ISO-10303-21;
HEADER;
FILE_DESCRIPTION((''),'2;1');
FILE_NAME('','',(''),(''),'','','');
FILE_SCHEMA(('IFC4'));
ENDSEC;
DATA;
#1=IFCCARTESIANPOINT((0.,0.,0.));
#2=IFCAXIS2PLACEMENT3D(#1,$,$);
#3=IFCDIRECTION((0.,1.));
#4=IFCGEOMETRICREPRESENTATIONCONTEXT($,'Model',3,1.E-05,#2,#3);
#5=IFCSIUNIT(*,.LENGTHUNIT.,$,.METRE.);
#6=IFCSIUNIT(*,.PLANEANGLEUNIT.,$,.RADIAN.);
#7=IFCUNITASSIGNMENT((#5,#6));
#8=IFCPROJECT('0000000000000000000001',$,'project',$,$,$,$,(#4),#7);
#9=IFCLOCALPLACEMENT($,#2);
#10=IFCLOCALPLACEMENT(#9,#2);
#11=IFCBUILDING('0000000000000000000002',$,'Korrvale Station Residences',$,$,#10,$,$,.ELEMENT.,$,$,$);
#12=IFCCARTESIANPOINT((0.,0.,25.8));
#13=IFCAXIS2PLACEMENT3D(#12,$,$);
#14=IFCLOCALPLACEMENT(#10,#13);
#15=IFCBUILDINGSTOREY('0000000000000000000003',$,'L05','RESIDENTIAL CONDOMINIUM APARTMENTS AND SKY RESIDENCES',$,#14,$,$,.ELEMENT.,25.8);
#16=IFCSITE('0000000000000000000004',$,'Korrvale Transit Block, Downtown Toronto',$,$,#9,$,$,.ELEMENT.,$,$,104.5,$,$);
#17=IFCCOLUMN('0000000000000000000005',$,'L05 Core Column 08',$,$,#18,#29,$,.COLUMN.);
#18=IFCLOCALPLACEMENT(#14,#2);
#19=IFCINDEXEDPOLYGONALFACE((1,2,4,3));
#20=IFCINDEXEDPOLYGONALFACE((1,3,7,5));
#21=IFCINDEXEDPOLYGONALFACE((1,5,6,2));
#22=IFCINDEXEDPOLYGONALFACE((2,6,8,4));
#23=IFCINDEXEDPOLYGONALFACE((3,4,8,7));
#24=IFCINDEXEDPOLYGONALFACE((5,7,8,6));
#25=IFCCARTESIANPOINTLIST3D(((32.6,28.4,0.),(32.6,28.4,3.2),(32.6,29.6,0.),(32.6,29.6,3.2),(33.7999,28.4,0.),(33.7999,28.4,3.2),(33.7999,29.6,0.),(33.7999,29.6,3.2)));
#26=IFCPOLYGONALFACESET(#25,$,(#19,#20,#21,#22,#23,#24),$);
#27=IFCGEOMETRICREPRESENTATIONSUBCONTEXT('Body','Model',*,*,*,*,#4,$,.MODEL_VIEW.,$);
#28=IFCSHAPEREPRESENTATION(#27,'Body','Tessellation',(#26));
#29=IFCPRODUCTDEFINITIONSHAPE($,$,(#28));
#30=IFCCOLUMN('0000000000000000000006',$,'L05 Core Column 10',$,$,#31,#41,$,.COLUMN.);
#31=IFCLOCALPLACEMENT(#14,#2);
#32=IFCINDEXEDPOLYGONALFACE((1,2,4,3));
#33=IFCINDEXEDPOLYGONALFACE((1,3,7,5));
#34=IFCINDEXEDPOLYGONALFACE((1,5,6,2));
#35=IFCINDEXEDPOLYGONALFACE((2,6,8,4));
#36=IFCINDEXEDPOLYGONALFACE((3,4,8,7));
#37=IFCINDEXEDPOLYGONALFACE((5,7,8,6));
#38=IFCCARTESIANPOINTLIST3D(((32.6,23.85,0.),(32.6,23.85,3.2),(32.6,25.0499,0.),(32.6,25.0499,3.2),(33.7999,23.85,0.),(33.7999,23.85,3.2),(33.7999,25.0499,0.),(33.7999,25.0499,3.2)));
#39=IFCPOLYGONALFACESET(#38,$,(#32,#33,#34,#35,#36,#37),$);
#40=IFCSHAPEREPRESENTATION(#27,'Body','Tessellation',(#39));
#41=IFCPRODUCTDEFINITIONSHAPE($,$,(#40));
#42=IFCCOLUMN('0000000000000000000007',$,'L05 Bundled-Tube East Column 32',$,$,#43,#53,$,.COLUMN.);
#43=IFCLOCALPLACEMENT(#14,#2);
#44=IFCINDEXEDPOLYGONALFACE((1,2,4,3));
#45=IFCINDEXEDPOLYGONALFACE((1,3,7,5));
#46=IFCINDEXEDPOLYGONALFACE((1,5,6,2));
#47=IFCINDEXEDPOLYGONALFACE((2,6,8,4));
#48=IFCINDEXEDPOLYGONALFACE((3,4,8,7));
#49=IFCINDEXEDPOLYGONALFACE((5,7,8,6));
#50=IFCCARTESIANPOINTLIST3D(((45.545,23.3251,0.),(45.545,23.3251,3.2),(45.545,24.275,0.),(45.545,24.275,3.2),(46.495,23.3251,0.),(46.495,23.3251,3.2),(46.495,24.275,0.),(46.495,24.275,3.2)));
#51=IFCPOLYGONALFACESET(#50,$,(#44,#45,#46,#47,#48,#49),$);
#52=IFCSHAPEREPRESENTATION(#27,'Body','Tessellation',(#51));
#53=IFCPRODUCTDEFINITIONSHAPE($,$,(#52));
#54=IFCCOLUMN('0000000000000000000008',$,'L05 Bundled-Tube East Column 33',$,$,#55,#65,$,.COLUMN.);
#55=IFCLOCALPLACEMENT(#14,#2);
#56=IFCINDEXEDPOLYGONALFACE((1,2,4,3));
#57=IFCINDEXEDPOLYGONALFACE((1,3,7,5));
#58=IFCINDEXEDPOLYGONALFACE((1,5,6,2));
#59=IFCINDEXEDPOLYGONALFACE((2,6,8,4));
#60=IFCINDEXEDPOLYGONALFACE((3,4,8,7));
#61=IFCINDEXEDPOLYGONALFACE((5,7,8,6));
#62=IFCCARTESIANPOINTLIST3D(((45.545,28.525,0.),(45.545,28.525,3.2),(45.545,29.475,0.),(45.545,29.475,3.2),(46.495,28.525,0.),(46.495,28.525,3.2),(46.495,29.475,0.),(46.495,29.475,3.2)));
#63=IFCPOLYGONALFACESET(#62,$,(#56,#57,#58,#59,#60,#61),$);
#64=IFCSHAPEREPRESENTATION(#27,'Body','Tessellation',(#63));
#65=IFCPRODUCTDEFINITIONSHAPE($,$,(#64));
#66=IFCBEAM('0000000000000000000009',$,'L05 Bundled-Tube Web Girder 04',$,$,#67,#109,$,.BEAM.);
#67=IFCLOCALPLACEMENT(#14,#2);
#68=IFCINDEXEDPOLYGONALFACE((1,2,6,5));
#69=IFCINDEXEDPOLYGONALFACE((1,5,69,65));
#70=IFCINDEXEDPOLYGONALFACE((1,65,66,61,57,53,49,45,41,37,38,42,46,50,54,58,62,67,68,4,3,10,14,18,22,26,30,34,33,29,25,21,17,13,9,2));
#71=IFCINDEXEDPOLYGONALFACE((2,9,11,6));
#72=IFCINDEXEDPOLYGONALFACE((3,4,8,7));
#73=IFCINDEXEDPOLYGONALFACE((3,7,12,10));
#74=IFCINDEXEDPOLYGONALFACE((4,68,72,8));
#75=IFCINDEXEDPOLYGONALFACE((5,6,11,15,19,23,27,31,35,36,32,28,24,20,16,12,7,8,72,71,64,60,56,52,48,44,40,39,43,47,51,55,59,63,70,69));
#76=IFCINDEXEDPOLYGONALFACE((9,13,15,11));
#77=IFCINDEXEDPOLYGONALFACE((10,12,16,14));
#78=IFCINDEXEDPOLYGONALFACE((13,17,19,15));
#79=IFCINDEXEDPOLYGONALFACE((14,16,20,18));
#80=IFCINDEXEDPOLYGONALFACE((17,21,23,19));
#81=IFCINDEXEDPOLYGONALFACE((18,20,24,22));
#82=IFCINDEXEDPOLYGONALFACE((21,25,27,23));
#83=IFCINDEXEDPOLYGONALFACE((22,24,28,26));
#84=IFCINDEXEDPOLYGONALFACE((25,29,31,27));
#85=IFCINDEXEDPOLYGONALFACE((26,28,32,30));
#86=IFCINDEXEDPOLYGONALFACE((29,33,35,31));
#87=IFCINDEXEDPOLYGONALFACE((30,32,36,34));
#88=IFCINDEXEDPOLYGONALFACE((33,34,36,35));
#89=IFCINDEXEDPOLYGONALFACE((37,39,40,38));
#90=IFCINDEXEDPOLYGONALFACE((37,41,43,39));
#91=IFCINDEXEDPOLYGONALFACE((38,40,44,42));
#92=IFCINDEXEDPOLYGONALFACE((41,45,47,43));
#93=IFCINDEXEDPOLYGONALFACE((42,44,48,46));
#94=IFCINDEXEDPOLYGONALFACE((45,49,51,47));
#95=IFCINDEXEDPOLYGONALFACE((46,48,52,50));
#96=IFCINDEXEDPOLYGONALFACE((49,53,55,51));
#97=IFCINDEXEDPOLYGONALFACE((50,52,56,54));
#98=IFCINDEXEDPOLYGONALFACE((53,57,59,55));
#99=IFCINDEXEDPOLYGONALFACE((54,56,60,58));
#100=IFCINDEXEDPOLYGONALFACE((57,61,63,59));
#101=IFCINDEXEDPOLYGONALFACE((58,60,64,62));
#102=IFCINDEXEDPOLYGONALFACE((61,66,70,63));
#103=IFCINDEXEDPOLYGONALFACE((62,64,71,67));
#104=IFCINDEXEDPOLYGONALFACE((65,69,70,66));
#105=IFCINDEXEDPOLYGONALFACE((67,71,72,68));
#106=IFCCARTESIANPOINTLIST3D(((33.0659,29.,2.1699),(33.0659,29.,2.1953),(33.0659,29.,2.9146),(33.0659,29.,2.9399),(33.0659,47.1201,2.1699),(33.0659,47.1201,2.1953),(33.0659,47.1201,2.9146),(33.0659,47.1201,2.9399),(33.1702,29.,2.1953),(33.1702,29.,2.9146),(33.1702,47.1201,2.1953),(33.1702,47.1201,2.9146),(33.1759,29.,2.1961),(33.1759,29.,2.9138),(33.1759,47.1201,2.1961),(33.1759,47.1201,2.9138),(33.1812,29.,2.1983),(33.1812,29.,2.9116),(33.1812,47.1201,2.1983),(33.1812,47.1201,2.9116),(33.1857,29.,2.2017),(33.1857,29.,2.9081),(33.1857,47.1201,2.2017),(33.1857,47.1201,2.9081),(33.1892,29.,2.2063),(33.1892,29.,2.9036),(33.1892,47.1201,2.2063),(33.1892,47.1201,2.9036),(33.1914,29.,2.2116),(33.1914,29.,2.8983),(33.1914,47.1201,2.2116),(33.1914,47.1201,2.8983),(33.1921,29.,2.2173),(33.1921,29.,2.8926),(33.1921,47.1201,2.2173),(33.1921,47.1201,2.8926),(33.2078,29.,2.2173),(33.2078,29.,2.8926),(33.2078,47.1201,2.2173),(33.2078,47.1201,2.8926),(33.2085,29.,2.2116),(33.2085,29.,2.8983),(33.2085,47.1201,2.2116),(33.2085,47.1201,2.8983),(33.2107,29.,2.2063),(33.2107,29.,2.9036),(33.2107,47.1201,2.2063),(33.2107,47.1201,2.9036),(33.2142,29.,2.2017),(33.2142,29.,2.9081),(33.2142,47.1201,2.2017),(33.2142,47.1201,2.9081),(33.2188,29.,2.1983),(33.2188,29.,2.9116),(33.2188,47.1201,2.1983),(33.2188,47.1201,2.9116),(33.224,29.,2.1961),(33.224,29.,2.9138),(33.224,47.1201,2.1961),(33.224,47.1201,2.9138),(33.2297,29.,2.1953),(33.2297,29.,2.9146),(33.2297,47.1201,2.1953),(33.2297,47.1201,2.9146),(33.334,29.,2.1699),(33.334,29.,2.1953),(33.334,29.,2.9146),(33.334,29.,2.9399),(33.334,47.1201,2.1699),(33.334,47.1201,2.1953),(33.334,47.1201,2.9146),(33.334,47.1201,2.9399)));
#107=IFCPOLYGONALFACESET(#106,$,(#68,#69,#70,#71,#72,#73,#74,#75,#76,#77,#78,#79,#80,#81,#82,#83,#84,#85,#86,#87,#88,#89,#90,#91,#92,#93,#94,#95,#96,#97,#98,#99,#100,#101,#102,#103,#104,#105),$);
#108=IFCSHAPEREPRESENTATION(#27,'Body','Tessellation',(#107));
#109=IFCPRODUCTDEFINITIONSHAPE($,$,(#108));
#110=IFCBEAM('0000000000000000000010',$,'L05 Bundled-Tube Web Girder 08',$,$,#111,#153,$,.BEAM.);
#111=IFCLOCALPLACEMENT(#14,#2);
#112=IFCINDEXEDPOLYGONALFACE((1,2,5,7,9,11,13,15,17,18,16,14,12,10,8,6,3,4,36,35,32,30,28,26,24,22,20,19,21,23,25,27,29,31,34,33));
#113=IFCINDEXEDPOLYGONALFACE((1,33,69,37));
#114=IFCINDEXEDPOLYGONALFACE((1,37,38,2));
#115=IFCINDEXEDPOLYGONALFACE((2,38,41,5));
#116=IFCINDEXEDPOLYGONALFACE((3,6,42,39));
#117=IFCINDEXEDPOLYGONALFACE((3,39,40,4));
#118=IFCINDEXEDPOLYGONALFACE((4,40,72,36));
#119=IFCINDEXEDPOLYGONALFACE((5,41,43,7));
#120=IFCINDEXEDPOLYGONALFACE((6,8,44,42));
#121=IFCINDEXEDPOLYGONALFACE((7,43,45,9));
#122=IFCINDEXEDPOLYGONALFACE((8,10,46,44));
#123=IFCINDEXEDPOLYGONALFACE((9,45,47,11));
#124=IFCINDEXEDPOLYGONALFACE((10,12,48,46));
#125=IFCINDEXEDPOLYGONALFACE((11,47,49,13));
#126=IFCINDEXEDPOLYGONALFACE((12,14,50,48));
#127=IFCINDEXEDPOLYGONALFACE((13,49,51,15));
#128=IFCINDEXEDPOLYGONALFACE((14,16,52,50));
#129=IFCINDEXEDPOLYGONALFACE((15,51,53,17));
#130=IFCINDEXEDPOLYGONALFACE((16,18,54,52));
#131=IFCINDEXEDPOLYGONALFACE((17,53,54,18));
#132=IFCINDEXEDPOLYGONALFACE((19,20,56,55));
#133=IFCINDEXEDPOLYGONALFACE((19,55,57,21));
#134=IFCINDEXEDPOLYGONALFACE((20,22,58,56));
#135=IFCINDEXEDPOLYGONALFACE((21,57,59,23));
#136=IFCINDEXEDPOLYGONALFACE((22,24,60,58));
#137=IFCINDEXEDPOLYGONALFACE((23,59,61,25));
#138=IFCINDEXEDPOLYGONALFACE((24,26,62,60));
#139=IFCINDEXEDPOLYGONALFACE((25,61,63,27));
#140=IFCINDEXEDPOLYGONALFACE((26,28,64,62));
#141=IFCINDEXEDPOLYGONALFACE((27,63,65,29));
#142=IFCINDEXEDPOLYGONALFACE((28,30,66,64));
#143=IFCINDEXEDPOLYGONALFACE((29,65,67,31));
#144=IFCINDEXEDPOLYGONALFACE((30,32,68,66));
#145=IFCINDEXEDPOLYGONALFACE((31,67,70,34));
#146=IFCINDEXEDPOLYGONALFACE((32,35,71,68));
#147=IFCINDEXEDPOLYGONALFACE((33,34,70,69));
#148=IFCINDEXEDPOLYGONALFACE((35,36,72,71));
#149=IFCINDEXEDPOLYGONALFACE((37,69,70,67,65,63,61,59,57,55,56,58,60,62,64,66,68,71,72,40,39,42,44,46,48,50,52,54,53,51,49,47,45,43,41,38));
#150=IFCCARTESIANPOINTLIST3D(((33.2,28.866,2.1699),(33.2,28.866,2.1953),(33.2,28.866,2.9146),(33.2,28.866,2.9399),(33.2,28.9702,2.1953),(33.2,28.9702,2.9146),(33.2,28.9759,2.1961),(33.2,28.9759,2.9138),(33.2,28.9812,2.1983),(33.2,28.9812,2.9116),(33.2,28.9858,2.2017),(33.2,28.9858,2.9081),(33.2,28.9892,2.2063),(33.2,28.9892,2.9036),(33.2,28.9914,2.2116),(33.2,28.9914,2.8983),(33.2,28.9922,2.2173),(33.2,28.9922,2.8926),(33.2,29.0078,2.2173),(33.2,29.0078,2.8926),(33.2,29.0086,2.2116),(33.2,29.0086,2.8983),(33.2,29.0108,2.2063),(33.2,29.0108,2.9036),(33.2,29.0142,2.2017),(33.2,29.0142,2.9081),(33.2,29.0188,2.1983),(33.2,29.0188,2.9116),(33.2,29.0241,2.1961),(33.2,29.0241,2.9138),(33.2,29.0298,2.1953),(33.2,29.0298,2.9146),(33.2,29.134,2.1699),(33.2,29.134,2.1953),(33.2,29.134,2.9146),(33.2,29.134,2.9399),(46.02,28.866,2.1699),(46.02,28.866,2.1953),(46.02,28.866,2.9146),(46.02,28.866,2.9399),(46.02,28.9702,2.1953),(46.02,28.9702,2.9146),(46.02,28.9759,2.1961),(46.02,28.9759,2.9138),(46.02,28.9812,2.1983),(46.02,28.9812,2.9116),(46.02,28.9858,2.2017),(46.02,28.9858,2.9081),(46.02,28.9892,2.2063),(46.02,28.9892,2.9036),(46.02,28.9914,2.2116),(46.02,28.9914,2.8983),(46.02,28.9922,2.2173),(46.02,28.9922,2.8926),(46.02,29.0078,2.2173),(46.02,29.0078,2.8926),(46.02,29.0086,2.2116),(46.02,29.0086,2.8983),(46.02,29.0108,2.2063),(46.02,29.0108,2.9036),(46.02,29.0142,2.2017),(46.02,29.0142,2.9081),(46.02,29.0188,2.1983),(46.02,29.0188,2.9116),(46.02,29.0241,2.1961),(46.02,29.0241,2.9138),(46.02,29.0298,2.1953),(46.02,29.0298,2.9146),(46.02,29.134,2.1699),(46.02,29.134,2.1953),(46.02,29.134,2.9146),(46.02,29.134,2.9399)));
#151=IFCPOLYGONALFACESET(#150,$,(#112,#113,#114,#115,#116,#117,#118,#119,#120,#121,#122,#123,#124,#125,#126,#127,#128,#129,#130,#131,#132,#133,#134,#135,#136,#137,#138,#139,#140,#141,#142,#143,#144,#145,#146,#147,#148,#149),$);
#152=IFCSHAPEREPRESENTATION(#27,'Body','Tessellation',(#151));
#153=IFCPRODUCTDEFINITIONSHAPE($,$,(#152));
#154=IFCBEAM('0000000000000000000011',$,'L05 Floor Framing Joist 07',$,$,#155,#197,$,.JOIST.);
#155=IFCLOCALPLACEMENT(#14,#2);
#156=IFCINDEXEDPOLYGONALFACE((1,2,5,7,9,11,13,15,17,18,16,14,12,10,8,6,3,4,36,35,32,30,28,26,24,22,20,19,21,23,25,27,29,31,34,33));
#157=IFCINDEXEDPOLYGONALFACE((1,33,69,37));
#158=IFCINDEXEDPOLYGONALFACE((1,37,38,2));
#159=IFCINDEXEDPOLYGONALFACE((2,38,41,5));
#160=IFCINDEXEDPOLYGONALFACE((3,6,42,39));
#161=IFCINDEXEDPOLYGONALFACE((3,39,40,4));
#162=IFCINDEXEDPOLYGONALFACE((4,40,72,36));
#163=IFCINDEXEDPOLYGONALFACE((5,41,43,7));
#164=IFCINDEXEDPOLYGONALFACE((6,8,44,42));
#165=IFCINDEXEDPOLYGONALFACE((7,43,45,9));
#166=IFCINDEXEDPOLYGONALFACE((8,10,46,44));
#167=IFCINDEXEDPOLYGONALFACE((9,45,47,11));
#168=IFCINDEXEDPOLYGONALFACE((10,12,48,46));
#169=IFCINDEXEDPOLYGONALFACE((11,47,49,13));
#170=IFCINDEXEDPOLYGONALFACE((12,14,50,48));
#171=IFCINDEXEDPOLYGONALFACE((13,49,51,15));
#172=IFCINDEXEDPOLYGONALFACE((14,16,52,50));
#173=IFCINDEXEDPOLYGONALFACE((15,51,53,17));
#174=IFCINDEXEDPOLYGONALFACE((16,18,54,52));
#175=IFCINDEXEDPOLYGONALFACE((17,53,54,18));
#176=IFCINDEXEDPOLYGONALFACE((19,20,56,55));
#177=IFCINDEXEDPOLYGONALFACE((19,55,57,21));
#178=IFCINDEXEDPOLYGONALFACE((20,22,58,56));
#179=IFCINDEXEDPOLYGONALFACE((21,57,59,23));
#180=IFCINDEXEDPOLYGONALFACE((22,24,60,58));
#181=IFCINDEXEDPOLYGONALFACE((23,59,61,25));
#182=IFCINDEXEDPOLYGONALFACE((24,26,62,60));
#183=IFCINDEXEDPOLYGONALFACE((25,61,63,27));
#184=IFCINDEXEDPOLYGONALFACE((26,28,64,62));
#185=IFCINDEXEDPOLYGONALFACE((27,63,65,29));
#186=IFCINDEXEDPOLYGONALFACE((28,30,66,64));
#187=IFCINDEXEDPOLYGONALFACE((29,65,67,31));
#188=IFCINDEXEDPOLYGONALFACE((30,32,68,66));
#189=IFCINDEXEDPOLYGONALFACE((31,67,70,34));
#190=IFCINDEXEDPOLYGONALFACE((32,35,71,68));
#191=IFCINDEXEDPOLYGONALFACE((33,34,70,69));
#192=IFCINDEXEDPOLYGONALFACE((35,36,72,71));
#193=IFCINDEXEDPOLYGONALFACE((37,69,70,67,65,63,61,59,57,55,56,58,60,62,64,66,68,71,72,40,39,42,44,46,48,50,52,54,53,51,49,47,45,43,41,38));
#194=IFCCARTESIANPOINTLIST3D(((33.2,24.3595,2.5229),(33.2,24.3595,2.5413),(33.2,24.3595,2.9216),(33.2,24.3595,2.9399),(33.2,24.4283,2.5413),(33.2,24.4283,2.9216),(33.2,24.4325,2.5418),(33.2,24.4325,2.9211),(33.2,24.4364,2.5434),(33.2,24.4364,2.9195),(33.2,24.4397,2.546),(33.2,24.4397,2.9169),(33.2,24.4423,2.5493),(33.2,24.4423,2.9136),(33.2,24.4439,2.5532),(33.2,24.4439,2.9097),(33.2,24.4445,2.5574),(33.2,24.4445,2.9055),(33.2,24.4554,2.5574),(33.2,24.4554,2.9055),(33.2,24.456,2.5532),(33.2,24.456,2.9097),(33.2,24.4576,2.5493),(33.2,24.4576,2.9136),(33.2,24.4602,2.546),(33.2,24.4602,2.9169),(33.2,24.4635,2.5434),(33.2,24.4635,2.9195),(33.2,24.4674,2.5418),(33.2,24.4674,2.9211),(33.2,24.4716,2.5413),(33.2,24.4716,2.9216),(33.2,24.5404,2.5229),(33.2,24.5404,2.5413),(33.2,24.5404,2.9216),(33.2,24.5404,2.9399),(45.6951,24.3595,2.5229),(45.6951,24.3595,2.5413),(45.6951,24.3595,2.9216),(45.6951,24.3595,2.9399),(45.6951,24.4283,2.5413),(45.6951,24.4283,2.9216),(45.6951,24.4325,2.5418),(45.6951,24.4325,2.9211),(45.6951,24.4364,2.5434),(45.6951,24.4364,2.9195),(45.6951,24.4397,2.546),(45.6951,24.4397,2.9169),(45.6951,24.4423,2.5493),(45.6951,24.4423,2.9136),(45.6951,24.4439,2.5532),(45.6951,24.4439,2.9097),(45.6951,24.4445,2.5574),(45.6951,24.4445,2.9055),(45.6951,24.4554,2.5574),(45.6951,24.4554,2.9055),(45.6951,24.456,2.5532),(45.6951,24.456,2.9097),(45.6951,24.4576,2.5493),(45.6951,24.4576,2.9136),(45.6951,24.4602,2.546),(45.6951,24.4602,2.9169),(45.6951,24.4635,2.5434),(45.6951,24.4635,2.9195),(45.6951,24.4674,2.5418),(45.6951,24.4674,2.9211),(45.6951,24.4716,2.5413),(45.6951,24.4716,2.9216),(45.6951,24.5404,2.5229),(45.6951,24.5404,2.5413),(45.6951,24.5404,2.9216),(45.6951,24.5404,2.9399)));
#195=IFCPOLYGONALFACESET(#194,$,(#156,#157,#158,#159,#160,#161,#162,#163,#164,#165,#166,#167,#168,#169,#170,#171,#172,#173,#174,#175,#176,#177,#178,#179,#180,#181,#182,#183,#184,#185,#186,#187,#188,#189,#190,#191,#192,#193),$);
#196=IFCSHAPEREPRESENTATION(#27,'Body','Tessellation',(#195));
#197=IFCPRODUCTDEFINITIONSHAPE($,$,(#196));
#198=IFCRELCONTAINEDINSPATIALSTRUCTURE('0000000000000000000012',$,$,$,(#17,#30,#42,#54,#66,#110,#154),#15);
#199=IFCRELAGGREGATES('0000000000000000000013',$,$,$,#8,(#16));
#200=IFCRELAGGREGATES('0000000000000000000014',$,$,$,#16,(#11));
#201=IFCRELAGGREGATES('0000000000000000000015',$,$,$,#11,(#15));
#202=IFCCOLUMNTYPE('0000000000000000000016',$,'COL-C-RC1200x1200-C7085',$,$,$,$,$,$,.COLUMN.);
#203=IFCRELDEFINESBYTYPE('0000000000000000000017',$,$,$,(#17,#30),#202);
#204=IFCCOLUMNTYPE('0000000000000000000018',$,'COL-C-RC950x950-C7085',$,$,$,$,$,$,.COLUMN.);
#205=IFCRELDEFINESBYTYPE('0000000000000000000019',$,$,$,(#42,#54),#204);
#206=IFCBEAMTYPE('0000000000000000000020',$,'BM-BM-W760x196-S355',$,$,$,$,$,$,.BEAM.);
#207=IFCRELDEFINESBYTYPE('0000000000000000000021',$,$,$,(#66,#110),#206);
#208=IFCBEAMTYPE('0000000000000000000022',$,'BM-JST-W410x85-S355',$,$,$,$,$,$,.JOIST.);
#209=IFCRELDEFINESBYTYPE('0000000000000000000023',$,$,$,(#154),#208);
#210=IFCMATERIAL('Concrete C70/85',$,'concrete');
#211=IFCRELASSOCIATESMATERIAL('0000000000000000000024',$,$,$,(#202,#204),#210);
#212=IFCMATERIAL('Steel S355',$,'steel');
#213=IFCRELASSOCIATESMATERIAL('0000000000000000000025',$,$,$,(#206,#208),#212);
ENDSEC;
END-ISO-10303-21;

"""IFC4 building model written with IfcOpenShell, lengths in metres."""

from ifc_helpers import new_model, si_unit, direction, frame, origin, origin_2d, place, context, subcontext, project, spatial, rectangle, i_section, extrude, material, material_profile, profile_set, type_object, element, save


model = new_model("IFC4")

# Units and contexts
model_context = context("Model", 3, precision=1e-05, world=origin(), true_north=direction((0.0, 1.0)))
body_context = subcontext(model_context, "Body", "Model", "MODEL_VIEW")
ifc_project = project(units=[si_unit("LENGTHUNIT", "METRE"), si_unit("PLANEANGLEUNIT", "RADIAN")], contexts=[model_context])

# Site, building, storey
site_placement = place(None, origin())
site = spatial("IfcSite", under=ifc_project, at=site_placement, Name="Korrvale Transit Block, Downtown Toronto", CompositionType="ELEMENT", RefElevation=104.5)
building_placement = place(site_placement, origin())
building = spatial("IfcBuilding", under=site, at=building_placement, Name="Korrvale Station Residences", CompositionType="ELEMENT")
storey_placement = place(building_placement, frame((0.0, 0.0, 25.8)))
storey = spatial("IfcBuildingStorey", under=building, at=storey_placement, Name="L05", Description="RESIDENTIAL CONDOMINIUM APARTMENTS AND SKY RESIDENCES", CompositionType="ELEMENT", Elevation=25.8)

# Columns
ifc_material_1 = material(Name="Concrete C70/85", Category="concrete")
ifc_material_profile_1 = material_profile(ifc_material_1, rectangle(XDim=1.2, YDim=1.2, at=origin_2d()), Name="RC1200x1200")
ifc_profile_set_1 = profile_set([ifc_material_profile_1], Name="Concrete C70/85")
column_type_1 = type_object("IfcColumnType", Name="COL-C-RC1200x1200-C7085", PredefinedType="COLUMN", material=ifc_profile_set_1)
for number, where, z_axis, x_axis, name in (
    (1, (33.2, 29.0, 0.0), (0.0, 0.0, 1.0), (1.0, 0.0, 0.0), "L05 Core Column 08"),
    (2, (33.2, 24.45, 0.0), (0.0, 0.0, 1.0), (1.0, 0.0, 0.0), "L05 Core Column 10"),
):
    element("IfcColumn", number, at=place(storey_placement, frame(where, z_axis=z_axis, x_axis=x_axis)), inside=storey, type_object=column_type_1, Name=name, PredefinedType="COLUMN", context=body_context, shape_type="SweptSolid", body=[
        extrude(rectangle(XDim=1.2, YDim=1.2, at=origin_2d()), origin(), (0.0, 0.0, 1.0), 3.2),
    ])
ifc_material_profile_2 = material_profile(ifc_material_1, rectangle(XDim=0.95, YDim=0.95, at=origin_2d()), Name="RC950x950")
ifc_profile_set_2 = profile_set([ifc_material_profile_2], Name="Concrete C70/85")
column_type_2 = type_object("IfcColumnType", Name="COL-C-RC950x950-C7085", PredefinedType="COLUMN", material=ifc_profile_set_2)
for number, where, z_axis, x_axis, name in (
    (3, (46.02, 23.8, 0.0), (0.0, 0.0, 1.0), (1.0, 0.0, 0.0), "L05 Bundled-Tube East Column 32"),
    (4, (46.02, 29.0, 0.0), (0.0, 0.0, 1.0), (1.0, 0.0, 0.0), "L05 Bundled-Tube East Column 33"),
):
    element("IfcColumn", number, at=place(storey_placement, frame(where, z_axis=z_axis, x_axis=x_axis)), inside=storey, type_object=column_type_2, Name=name, PredefinedType="COLUMN", context=body_context, shape_type="SweptSolid", body=[
        extrude(rectangle(XDim=0.95, YDim=0.95, at=origin_2d()), origin(), (0.0, 0.0, 1.0), 3.2),
    ])

# Beams
ifc_material_2 = material(Name="Steel S355", Category="steel")
ifc_material_profile_3 = material_profile(ifc_material_2, i_section(OverallWidth=0.2681, OverallDepth=0.77, WebThickness=0.0156, FlangeThickness=0.0254, FilletRadius=0.022, at=origin_2d()), Name="W760x196")
ifc_profile_set_3 = profile_set([ifc_material_profile_3], Name="Steel S355")
beam_type_1 = type_object("IfcBeamType", Name="BM-BM-W760x196-S355", PredefinedType="BEAM", material=ifc_profile_set_3)
beam_1_placement = place(storey_placement, frame((33.2, 29.0, 2.5549), z_axis=(0.0, 1.0, 0.0), x_axis=(-1.0, 0.0, 0.0)))
element("IfcBeam", 5, at=beam_1_placement, inside=storey, type_object=beam_type_1, Name="L05 Bundled-Tube Web Girder 04", PredefinedType="BEAM", context=body_context, shape_type="SweptSolid", body=[
    extrude(i_section(OverallWidth=0.2681, OverallDepth=0.77, WebThickness=0.0156, FlangeThickness=0.0254, FilletRadius=0.022, at=origin_2d()), origin(), (0.0, 0.0, 1.0), 18.1201),
])
beam_2_placement = place(storey_placement, frame((33.2, 29.0, 2.5549), z_axis=(1.0, 0.0, 0.0), x_axis=(0.0, 1.0, 0.0)))
element("IfcBeam", 6, at=beam_2_placement, inside=storey, type_object=beam_type_1, Name="L05 Bundled-Tube Web Girder 08", PredefinedType="BEAM", context=body_context, shape_type="SweptSolid", body=[
    extrude(i_section(OverallWidth=0.2681, OverallDepth=0.77, WebThickness=0.0156, FlangeThickness=0.0254, FilletRadius=0.022, at=origin_2d()), origin(), (0.0, 0.0, 1.0), 12.8201),
])
ifc_material_profile_4 = material_profile(ifc_material_2, i_section(OverallWidth=0.1809, OverallDepth=0.417, WebThickness=0.011, FlangeThickness=0.0183, FilletRadius=0.0161, at=origin_2d()), Name="W410x85")
ifc_profile_set_4 = profile_set([ifc_material_profile_4], Name="Steel S355")
beam_type_2 = type_object("IfcBeamType", Name="BM-JST-W410x85-S355", PredefinedType="JOIST", material=ifc_profile_set_4)
beam_3_placement = place(storey_placement, frame((33.2, 24.45, 2.7314), z_axis=(1.0, 0.0, 0.0), x_axis=(0.0, 1.0, 0.0)))
element("IfcBeam", 7, at=beam_3_placement, inside=storey, type_object=beam_type_2, Name="L05 Floor Framing Joist 07", PredefinedType="JOIST", context=body_context, shape_type="SweptSolid", body=[
    extrude(i_section(OverallWidth=0.1809, OverallDepth=0.417, WebThickness=0.011, FlangeThickness=0.0183, FilletRadius=0.0161, at=origin_2d()), origin(), (0.0, 0.0, 1.0), 12.4951),
])

save(model, "model.ifc")
